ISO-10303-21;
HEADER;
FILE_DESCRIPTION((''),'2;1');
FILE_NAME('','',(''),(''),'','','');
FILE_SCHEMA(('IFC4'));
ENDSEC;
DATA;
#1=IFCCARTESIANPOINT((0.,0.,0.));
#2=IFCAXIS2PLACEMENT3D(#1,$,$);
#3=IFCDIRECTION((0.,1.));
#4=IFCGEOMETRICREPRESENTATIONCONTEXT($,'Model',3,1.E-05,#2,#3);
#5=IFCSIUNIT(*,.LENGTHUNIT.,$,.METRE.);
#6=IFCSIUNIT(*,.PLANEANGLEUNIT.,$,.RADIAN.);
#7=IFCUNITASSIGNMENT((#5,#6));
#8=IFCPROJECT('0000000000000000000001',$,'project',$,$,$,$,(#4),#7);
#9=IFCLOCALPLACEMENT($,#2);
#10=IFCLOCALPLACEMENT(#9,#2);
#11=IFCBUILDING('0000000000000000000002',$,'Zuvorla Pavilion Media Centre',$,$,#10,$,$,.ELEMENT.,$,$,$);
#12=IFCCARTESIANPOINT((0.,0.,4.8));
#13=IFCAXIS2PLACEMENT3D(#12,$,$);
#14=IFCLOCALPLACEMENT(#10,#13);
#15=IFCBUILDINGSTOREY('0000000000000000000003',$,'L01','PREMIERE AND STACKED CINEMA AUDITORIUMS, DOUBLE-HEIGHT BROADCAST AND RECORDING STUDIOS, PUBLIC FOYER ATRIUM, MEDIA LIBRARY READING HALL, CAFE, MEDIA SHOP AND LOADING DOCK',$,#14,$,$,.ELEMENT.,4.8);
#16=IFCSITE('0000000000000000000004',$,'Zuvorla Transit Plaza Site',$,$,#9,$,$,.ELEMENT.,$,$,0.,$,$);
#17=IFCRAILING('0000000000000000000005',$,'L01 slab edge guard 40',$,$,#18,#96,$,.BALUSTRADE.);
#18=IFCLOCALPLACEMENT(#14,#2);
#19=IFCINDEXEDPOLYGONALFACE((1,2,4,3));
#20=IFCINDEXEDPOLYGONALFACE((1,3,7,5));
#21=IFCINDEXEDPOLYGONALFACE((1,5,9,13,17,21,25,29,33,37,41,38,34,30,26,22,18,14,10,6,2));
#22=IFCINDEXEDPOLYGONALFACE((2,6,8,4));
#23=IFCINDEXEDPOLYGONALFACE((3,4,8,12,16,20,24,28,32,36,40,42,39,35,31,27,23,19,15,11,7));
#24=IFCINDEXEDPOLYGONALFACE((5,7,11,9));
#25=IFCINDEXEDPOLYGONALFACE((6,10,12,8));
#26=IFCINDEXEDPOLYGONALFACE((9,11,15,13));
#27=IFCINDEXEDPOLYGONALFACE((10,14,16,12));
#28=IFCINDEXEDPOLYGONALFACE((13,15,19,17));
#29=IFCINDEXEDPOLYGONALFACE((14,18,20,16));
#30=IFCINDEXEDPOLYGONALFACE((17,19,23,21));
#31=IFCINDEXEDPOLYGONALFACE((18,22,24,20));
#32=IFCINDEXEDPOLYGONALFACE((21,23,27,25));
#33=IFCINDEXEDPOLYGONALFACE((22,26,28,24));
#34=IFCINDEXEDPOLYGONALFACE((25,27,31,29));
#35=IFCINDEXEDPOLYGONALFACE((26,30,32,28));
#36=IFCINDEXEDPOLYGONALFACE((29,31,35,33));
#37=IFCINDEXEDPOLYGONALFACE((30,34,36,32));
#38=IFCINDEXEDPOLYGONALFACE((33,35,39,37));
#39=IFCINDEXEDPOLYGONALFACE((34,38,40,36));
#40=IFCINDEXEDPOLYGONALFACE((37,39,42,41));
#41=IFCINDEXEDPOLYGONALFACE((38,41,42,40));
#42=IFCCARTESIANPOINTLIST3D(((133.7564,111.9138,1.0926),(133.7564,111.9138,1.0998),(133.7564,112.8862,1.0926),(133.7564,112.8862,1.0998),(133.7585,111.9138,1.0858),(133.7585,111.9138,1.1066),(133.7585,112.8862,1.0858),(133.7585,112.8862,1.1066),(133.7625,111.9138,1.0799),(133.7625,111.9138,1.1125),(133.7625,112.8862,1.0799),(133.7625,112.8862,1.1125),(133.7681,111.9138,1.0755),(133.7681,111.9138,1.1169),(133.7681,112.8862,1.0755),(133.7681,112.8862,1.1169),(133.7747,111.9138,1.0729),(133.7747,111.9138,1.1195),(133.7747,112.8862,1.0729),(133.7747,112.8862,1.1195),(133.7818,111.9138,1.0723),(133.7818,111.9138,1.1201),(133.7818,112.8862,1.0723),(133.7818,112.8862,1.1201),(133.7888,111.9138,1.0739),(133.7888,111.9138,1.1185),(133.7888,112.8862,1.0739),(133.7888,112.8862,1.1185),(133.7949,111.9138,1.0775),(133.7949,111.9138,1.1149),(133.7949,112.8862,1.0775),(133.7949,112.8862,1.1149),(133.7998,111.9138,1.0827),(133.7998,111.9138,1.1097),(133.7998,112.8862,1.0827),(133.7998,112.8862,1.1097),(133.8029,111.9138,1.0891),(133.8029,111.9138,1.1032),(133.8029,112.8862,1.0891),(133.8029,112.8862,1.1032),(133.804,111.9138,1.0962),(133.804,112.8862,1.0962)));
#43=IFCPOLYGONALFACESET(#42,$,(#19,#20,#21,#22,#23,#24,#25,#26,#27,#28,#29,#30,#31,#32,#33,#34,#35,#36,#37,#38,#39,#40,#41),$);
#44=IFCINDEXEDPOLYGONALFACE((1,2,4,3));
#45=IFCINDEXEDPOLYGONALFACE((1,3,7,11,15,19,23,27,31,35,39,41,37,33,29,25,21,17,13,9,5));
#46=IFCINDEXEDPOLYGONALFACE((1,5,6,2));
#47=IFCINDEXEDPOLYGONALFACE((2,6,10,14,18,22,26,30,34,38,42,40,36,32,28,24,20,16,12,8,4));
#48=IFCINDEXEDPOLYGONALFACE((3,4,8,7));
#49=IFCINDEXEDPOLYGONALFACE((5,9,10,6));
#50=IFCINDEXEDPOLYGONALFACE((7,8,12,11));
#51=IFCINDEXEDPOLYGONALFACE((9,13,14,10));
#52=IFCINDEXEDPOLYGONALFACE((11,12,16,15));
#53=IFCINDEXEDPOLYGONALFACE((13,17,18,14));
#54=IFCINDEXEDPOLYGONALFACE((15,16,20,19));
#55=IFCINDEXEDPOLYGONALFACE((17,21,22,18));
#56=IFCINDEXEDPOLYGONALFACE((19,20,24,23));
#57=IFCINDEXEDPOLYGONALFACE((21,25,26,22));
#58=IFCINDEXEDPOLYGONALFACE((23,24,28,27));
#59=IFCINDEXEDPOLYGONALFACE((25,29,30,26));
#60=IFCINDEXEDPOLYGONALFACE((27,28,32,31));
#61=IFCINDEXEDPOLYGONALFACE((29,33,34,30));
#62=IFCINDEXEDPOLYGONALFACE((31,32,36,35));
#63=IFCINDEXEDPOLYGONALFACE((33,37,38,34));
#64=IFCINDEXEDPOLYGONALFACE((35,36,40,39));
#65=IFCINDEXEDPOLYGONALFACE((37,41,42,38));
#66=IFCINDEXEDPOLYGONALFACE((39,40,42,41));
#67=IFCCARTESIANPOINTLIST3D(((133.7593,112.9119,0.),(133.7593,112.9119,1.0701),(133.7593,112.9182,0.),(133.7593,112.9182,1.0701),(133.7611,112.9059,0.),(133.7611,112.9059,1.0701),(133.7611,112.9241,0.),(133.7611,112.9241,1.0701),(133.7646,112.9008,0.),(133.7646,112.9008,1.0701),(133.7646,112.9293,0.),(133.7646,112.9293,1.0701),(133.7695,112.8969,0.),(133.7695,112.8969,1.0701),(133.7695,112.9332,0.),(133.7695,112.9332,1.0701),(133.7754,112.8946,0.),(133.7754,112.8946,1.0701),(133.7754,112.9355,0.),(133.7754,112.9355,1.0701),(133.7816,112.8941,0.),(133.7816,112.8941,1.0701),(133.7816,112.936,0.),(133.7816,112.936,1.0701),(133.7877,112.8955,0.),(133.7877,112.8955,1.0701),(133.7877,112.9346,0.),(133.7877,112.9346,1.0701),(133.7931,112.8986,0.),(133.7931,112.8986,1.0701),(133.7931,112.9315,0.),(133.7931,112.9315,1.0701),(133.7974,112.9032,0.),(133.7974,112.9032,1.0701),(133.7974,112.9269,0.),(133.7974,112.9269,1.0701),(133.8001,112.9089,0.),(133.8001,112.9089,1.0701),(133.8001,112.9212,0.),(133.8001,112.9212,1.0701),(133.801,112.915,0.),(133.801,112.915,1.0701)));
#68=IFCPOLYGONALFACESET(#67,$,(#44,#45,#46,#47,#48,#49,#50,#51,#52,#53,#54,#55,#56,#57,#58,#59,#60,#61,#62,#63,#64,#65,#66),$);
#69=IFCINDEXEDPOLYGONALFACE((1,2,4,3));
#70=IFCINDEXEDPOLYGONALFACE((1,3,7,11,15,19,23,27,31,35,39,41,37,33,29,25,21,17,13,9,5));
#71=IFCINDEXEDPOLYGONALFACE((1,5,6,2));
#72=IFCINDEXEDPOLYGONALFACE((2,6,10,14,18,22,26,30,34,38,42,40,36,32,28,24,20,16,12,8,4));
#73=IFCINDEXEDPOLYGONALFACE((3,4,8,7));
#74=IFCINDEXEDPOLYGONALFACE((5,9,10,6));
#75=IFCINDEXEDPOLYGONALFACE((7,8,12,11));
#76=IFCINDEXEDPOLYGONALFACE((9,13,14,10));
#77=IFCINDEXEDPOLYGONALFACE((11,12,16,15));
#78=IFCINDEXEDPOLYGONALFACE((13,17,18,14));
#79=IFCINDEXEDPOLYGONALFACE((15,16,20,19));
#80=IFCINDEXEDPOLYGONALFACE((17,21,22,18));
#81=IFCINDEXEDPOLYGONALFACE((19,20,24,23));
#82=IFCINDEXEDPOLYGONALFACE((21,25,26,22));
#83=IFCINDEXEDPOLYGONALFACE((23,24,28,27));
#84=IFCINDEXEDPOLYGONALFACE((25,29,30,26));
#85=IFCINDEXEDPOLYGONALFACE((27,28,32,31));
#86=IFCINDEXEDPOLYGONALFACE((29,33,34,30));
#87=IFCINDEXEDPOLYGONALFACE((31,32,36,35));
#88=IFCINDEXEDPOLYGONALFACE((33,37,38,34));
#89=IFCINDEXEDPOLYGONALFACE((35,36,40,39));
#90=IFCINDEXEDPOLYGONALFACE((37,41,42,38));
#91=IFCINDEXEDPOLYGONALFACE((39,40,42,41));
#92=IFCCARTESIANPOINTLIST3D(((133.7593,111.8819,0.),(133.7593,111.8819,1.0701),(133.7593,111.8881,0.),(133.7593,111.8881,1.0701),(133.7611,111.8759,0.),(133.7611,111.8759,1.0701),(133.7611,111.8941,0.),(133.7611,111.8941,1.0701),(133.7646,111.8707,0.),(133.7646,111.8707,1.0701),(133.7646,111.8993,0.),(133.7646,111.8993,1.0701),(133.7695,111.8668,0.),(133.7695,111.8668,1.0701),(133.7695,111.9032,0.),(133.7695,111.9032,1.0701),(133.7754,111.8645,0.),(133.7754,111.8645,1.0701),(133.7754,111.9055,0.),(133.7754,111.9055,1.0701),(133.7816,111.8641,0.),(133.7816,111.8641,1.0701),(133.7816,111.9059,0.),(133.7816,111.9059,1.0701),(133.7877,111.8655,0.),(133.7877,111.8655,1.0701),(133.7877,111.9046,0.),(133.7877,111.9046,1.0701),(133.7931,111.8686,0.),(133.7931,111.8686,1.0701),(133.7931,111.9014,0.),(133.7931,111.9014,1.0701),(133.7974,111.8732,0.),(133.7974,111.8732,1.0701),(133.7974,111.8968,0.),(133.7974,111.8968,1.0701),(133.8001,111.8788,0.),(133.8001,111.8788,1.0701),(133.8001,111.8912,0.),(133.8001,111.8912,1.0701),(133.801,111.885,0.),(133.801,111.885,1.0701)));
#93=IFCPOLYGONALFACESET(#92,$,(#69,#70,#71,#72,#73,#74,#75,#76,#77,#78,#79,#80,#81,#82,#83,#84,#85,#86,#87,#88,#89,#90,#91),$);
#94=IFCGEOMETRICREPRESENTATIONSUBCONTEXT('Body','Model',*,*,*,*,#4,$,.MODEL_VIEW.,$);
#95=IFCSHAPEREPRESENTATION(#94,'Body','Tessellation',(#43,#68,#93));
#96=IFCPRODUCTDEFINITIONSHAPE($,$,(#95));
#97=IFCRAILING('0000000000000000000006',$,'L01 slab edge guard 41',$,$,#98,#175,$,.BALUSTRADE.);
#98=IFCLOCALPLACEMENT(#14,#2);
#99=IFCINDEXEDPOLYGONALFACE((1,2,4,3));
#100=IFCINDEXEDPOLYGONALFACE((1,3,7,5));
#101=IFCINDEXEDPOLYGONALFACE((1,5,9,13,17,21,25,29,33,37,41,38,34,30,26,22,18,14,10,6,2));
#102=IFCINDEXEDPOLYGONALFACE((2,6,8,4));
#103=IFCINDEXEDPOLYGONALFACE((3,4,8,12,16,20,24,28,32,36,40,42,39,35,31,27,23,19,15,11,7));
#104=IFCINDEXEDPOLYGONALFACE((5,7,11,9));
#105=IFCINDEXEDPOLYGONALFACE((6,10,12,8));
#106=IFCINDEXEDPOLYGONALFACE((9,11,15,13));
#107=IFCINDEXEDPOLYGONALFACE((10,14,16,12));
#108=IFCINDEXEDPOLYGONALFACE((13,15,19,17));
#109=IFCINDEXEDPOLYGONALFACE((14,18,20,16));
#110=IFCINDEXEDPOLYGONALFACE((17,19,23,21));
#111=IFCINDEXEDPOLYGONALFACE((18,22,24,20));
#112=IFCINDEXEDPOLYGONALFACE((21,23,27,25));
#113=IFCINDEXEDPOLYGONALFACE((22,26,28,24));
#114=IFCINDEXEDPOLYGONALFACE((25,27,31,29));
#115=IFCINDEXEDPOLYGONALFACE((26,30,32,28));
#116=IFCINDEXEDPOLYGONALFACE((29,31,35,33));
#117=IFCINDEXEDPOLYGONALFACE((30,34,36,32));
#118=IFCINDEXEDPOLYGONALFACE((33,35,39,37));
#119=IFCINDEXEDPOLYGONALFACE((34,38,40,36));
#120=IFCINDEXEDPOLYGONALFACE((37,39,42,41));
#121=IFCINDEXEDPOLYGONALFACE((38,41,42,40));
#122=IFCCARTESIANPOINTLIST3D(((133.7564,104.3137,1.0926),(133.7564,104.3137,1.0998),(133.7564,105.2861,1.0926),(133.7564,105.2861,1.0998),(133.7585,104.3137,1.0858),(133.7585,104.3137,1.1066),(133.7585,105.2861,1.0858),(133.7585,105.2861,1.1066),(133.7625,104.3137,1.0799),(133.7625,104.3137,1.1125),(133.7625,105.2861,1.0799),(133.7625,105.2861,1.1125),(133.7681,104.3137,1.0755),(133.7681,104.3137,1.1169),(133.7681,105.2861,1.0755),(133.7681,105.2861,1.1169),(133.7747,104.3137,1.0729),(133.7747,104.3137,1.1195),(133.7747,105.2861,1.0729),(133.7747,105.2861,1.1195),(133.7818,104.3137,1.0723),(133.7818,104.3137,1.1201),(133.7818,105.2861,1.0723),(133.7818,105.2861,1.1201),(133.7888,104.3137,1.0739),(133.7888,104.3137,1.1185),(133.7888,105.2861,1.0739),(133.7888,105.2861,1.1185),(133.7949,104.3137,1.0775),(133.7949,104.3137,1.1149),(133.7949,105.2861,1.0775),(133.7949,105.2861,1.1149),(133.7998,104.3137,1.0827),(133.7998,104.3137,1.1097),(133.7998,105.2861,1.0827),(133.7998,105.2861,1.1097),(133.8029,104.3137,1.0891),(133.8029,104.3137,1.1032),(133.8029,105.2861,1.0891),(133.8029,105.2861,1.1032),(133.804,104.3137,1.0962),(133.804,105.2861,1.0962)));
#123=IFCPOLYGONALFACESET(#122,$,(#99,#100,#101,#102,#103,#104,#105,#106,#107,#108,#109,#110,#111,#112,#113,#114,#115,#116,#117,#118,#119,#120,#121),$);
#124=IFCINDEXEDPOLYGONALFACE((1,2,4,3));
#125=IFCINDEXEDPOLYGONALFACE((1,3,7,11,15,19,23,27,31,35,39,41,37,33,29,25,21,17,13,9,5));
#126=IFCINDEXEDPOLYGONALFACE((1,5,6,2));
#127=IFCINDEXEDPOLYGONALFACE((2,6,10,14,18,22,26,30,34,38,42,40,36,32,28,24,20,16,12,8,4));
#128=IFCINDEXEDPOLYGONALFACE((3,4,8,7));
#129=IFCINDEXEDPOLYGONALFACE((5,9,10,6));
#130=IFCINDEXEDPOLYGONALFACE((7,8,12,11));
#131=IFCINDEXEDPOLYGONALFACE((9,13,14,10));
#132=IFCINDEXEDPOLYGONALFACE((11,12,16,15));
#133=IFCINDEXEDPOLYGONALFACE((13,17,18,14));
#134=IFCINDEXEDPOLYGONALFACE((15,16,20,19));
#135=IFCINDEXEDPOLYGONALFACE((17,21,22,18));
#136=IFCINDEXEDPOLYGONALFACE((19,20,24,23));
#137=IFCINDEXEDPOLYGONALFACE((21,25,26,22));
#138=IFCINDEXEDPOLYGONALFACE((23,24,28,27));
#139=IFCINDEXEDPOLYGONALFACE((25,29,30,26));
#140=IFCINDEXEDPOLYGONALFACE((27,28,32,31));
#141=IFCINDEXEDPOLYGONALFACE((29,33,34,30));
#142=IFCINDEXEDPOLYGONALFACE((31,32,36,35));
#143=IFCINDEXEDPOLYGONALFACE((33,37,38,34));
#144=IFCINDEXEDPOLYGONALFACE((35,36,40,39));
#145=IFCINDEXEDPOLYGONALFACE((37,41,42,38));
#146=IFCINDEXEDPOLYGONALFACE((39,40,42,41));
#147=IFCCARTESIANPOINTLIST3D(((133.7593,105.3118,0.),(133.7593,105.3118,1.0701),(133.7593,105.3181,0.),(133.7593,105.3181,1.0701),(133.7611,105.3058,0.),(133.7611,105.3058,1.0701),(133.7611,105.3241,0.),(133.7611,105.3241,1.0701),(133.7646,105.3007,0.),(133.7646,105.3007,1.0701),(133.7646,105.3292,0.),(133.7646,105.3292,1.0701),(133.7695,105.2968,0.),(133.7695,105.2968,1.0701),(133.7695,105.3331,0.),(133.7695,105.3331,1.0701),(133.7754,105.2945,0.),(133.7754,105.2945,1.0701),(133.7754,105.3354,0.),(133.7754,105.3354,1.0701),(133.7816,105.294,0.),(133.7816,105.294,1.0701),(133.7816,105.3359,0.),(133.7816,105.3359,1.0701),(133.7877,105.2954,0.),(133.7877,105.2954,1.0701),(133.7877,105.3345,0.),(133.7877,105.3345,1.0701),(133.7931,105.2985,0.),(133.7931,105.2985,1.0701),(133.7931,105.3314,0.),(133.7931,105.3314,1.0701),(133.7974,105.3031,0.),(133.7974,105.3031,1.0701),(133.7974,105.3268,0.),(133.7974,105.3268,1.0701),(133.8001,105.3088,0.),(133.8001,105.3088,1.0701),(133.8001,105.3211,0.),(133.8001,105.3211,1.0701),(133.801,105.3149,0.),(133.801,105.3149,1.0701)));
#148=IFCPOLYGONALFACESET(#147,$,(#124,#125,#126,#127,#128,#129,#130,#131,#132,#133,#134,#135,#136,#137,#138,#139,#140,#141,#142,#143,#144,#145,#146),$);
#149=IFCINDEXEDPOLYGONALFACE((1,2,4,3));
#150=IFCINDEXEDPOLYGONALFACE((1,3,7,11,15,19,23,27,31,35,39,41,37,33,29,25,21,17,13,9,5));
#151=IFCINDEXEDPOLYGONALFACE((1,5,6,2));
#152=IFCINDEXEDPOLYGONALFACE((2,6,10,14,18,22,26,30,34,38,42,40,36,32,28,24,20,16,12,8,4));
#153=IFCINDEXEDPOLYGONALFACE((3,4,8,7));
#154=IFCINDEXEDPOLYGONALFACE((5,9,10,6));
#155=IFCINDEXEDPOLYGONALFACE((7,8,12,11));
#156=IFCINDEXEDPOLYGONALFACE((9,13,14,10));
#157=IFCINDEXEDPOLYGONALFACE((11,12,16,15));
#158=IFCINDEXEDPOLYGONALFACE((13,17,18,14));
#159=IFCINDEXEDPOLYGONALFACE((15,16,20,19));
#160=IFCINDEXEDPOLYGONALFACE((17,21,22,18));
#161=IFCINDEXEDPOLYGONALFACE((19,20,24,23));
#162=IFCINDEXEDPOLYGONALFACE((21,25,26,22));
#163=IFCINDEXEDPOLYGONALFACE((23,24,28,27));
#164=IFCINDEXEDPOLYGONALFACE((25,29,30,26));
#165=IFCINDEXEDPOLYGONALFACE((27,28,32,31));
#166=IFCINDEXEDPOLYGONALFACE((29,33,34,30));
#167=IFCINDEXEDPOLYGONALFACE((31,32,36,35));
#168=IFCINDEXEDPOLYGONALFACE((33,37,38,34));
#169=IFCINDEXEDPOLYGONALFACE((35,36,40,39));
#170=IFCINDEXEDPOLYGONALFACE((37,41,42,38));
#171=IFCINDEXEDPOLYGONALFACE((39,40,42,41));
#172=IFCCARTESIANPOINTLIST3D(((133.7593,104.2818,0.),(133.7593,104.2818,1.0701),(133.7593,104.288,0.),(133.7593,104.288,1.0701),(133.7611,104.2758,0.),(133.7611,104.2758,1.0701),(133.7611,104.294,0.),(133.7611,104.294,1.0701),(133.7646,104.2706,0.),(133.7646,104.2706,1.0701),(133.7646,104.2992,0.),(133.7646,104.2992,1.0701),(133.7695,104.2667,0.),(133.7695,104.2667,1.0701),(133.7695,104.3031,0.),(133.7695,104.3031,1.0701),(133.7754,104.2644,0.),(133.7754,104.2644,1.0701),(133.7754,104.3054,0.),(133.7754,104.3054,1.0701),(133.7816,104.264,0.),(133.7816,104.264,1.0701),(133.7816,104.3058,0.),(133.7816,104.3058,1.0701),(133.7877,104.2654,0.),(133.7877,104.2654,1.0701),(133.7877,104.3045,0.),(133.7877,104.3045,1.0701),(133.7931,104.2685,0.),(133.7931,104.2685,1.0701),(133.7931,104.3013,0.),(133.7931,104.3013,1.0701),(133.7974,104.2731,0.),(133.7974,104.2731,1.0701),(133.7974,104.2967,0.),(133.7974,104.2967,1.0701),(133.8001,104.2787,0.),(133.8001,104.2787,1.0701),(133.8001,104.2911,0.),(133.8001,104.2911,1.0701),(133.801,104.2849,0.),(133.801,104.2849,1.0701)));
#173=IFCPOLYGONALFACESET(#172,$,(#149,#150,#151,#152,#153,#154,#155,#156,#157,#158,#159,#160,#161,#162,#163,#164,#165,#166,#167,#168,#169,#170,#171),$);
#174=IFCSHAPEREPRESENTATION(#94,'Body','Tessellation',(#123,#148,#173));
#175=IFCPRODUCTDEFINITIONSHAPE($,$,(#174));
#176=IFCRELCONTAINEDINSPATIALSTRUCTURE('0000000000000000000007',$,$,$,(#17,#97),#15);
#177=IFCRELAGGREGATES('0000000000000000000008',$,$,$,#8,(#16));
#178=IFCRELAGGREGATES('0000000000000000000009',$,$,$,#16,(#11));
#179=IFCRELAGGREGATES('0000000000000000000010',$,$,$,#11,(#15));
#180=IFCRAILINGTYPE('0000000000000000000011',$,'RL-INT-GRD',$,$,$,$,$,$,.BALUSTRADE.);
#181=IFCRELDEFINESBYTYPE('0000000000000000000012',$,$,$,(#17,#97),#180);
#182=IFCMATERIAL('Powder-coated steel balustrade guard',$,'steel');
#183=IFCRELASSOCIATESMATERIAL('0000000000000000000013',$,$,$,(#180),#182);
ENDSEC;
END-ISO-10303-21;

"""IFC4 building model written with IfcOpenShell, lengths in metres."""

from ifc_helpers import new_model, si_unit, direction, frame, origin, origin_2d, place, context, subcontext, project, spatial, circle, extrude, material, type_object, element, save


model = new_model("IFC4")

# Units and contexts
model_context = context("Model", 3, precision=1e-05, world=origin(), true_north=direction((0.0, 1.0)))
body_context = subcontext(model_context, "Body", "Model", "MODEL_VIEW")
ifc_project = project(units=[si_unit("LENGTHUNIT", "METRE"), si_unit("PLANEANGLEUNIT", "RADIAN")], contexts=[model_context])

# Site, building, storey
site_placement = place(None, origin())
site = spatial("IfcSite", under=ifc_project, at=site_placement, Name="Zuvorla Transit Plaza Site", CompositionType="ELEMENT", RefElevation=0.0)
building_placement = place(site_placement, origin())
building = spatial("IfcBuilding", under=site, at=building_placement, Name="Zuvorla Pavilion Media Centre", CompositionType="ELEMENT")
storey_placement = place(building_placement, frame((0.0, 0.0, 4.8)))
storey = spatial("IfcBuildingStorey", under=building, at=storey_placement, Name="L01", Description="PREMIERE AND STACKED CINEMA AUDITORIUMS, DOUBLE-HEIGHT BROADCAST AND RECORDING STUDIOS, PUBLIC FOYER ATRIUM, MEDIA LIBRARY READING HALL, CAFE, MEDIA SHOP AND LOADING DOCK", CompositionType="ELEMENT", Elevation=4.8)

# Railings
ifc_material_1 = material(Name="Powder-coated steel balustrade guard", Category="steel")
railing_type = type_object("IfcRailingType", Name="RL-INT-GRD", PredefinedType="BALUSTRADE", material=ifc_material_1)
for number, where, name in (
    (1, (133.78, 112.915, 0.0), "L01 slab edge guard 40"),
    (2, (133.78, 105.3149, 0.0), "L01 slab edge guard 41"),
):
    element("IfcRailing", number, at=place(storey_placement, frame(where)), inside=storey, type_object=railing_type, Name=name, PredefinedType="BALUSTRADE", context=body_context, shape_type="SweptSolid", body=[
        extrude(circle(Radius=0.0239, at=origin_2d()), frame((0.0, -0.0288, 1.0962), z_axis=(0.0, -1.0, 0.0), x_axis=(1.0, 0.0, 0.0)), (0.0, 0.0, 1.0), 0.9724),
        extrude(circle(Radius=0.021, at=origin_2d()), origin(), (0.0, 0.0, 1.0), 1.0701),
        extrude(circle(Radius=0.021, at=origin_2d()), frame((0.0, -1.03, 0.0)), (0.0, 0.0, 1.0), 1.0701),
    ])

save(model, "model.ifc")
